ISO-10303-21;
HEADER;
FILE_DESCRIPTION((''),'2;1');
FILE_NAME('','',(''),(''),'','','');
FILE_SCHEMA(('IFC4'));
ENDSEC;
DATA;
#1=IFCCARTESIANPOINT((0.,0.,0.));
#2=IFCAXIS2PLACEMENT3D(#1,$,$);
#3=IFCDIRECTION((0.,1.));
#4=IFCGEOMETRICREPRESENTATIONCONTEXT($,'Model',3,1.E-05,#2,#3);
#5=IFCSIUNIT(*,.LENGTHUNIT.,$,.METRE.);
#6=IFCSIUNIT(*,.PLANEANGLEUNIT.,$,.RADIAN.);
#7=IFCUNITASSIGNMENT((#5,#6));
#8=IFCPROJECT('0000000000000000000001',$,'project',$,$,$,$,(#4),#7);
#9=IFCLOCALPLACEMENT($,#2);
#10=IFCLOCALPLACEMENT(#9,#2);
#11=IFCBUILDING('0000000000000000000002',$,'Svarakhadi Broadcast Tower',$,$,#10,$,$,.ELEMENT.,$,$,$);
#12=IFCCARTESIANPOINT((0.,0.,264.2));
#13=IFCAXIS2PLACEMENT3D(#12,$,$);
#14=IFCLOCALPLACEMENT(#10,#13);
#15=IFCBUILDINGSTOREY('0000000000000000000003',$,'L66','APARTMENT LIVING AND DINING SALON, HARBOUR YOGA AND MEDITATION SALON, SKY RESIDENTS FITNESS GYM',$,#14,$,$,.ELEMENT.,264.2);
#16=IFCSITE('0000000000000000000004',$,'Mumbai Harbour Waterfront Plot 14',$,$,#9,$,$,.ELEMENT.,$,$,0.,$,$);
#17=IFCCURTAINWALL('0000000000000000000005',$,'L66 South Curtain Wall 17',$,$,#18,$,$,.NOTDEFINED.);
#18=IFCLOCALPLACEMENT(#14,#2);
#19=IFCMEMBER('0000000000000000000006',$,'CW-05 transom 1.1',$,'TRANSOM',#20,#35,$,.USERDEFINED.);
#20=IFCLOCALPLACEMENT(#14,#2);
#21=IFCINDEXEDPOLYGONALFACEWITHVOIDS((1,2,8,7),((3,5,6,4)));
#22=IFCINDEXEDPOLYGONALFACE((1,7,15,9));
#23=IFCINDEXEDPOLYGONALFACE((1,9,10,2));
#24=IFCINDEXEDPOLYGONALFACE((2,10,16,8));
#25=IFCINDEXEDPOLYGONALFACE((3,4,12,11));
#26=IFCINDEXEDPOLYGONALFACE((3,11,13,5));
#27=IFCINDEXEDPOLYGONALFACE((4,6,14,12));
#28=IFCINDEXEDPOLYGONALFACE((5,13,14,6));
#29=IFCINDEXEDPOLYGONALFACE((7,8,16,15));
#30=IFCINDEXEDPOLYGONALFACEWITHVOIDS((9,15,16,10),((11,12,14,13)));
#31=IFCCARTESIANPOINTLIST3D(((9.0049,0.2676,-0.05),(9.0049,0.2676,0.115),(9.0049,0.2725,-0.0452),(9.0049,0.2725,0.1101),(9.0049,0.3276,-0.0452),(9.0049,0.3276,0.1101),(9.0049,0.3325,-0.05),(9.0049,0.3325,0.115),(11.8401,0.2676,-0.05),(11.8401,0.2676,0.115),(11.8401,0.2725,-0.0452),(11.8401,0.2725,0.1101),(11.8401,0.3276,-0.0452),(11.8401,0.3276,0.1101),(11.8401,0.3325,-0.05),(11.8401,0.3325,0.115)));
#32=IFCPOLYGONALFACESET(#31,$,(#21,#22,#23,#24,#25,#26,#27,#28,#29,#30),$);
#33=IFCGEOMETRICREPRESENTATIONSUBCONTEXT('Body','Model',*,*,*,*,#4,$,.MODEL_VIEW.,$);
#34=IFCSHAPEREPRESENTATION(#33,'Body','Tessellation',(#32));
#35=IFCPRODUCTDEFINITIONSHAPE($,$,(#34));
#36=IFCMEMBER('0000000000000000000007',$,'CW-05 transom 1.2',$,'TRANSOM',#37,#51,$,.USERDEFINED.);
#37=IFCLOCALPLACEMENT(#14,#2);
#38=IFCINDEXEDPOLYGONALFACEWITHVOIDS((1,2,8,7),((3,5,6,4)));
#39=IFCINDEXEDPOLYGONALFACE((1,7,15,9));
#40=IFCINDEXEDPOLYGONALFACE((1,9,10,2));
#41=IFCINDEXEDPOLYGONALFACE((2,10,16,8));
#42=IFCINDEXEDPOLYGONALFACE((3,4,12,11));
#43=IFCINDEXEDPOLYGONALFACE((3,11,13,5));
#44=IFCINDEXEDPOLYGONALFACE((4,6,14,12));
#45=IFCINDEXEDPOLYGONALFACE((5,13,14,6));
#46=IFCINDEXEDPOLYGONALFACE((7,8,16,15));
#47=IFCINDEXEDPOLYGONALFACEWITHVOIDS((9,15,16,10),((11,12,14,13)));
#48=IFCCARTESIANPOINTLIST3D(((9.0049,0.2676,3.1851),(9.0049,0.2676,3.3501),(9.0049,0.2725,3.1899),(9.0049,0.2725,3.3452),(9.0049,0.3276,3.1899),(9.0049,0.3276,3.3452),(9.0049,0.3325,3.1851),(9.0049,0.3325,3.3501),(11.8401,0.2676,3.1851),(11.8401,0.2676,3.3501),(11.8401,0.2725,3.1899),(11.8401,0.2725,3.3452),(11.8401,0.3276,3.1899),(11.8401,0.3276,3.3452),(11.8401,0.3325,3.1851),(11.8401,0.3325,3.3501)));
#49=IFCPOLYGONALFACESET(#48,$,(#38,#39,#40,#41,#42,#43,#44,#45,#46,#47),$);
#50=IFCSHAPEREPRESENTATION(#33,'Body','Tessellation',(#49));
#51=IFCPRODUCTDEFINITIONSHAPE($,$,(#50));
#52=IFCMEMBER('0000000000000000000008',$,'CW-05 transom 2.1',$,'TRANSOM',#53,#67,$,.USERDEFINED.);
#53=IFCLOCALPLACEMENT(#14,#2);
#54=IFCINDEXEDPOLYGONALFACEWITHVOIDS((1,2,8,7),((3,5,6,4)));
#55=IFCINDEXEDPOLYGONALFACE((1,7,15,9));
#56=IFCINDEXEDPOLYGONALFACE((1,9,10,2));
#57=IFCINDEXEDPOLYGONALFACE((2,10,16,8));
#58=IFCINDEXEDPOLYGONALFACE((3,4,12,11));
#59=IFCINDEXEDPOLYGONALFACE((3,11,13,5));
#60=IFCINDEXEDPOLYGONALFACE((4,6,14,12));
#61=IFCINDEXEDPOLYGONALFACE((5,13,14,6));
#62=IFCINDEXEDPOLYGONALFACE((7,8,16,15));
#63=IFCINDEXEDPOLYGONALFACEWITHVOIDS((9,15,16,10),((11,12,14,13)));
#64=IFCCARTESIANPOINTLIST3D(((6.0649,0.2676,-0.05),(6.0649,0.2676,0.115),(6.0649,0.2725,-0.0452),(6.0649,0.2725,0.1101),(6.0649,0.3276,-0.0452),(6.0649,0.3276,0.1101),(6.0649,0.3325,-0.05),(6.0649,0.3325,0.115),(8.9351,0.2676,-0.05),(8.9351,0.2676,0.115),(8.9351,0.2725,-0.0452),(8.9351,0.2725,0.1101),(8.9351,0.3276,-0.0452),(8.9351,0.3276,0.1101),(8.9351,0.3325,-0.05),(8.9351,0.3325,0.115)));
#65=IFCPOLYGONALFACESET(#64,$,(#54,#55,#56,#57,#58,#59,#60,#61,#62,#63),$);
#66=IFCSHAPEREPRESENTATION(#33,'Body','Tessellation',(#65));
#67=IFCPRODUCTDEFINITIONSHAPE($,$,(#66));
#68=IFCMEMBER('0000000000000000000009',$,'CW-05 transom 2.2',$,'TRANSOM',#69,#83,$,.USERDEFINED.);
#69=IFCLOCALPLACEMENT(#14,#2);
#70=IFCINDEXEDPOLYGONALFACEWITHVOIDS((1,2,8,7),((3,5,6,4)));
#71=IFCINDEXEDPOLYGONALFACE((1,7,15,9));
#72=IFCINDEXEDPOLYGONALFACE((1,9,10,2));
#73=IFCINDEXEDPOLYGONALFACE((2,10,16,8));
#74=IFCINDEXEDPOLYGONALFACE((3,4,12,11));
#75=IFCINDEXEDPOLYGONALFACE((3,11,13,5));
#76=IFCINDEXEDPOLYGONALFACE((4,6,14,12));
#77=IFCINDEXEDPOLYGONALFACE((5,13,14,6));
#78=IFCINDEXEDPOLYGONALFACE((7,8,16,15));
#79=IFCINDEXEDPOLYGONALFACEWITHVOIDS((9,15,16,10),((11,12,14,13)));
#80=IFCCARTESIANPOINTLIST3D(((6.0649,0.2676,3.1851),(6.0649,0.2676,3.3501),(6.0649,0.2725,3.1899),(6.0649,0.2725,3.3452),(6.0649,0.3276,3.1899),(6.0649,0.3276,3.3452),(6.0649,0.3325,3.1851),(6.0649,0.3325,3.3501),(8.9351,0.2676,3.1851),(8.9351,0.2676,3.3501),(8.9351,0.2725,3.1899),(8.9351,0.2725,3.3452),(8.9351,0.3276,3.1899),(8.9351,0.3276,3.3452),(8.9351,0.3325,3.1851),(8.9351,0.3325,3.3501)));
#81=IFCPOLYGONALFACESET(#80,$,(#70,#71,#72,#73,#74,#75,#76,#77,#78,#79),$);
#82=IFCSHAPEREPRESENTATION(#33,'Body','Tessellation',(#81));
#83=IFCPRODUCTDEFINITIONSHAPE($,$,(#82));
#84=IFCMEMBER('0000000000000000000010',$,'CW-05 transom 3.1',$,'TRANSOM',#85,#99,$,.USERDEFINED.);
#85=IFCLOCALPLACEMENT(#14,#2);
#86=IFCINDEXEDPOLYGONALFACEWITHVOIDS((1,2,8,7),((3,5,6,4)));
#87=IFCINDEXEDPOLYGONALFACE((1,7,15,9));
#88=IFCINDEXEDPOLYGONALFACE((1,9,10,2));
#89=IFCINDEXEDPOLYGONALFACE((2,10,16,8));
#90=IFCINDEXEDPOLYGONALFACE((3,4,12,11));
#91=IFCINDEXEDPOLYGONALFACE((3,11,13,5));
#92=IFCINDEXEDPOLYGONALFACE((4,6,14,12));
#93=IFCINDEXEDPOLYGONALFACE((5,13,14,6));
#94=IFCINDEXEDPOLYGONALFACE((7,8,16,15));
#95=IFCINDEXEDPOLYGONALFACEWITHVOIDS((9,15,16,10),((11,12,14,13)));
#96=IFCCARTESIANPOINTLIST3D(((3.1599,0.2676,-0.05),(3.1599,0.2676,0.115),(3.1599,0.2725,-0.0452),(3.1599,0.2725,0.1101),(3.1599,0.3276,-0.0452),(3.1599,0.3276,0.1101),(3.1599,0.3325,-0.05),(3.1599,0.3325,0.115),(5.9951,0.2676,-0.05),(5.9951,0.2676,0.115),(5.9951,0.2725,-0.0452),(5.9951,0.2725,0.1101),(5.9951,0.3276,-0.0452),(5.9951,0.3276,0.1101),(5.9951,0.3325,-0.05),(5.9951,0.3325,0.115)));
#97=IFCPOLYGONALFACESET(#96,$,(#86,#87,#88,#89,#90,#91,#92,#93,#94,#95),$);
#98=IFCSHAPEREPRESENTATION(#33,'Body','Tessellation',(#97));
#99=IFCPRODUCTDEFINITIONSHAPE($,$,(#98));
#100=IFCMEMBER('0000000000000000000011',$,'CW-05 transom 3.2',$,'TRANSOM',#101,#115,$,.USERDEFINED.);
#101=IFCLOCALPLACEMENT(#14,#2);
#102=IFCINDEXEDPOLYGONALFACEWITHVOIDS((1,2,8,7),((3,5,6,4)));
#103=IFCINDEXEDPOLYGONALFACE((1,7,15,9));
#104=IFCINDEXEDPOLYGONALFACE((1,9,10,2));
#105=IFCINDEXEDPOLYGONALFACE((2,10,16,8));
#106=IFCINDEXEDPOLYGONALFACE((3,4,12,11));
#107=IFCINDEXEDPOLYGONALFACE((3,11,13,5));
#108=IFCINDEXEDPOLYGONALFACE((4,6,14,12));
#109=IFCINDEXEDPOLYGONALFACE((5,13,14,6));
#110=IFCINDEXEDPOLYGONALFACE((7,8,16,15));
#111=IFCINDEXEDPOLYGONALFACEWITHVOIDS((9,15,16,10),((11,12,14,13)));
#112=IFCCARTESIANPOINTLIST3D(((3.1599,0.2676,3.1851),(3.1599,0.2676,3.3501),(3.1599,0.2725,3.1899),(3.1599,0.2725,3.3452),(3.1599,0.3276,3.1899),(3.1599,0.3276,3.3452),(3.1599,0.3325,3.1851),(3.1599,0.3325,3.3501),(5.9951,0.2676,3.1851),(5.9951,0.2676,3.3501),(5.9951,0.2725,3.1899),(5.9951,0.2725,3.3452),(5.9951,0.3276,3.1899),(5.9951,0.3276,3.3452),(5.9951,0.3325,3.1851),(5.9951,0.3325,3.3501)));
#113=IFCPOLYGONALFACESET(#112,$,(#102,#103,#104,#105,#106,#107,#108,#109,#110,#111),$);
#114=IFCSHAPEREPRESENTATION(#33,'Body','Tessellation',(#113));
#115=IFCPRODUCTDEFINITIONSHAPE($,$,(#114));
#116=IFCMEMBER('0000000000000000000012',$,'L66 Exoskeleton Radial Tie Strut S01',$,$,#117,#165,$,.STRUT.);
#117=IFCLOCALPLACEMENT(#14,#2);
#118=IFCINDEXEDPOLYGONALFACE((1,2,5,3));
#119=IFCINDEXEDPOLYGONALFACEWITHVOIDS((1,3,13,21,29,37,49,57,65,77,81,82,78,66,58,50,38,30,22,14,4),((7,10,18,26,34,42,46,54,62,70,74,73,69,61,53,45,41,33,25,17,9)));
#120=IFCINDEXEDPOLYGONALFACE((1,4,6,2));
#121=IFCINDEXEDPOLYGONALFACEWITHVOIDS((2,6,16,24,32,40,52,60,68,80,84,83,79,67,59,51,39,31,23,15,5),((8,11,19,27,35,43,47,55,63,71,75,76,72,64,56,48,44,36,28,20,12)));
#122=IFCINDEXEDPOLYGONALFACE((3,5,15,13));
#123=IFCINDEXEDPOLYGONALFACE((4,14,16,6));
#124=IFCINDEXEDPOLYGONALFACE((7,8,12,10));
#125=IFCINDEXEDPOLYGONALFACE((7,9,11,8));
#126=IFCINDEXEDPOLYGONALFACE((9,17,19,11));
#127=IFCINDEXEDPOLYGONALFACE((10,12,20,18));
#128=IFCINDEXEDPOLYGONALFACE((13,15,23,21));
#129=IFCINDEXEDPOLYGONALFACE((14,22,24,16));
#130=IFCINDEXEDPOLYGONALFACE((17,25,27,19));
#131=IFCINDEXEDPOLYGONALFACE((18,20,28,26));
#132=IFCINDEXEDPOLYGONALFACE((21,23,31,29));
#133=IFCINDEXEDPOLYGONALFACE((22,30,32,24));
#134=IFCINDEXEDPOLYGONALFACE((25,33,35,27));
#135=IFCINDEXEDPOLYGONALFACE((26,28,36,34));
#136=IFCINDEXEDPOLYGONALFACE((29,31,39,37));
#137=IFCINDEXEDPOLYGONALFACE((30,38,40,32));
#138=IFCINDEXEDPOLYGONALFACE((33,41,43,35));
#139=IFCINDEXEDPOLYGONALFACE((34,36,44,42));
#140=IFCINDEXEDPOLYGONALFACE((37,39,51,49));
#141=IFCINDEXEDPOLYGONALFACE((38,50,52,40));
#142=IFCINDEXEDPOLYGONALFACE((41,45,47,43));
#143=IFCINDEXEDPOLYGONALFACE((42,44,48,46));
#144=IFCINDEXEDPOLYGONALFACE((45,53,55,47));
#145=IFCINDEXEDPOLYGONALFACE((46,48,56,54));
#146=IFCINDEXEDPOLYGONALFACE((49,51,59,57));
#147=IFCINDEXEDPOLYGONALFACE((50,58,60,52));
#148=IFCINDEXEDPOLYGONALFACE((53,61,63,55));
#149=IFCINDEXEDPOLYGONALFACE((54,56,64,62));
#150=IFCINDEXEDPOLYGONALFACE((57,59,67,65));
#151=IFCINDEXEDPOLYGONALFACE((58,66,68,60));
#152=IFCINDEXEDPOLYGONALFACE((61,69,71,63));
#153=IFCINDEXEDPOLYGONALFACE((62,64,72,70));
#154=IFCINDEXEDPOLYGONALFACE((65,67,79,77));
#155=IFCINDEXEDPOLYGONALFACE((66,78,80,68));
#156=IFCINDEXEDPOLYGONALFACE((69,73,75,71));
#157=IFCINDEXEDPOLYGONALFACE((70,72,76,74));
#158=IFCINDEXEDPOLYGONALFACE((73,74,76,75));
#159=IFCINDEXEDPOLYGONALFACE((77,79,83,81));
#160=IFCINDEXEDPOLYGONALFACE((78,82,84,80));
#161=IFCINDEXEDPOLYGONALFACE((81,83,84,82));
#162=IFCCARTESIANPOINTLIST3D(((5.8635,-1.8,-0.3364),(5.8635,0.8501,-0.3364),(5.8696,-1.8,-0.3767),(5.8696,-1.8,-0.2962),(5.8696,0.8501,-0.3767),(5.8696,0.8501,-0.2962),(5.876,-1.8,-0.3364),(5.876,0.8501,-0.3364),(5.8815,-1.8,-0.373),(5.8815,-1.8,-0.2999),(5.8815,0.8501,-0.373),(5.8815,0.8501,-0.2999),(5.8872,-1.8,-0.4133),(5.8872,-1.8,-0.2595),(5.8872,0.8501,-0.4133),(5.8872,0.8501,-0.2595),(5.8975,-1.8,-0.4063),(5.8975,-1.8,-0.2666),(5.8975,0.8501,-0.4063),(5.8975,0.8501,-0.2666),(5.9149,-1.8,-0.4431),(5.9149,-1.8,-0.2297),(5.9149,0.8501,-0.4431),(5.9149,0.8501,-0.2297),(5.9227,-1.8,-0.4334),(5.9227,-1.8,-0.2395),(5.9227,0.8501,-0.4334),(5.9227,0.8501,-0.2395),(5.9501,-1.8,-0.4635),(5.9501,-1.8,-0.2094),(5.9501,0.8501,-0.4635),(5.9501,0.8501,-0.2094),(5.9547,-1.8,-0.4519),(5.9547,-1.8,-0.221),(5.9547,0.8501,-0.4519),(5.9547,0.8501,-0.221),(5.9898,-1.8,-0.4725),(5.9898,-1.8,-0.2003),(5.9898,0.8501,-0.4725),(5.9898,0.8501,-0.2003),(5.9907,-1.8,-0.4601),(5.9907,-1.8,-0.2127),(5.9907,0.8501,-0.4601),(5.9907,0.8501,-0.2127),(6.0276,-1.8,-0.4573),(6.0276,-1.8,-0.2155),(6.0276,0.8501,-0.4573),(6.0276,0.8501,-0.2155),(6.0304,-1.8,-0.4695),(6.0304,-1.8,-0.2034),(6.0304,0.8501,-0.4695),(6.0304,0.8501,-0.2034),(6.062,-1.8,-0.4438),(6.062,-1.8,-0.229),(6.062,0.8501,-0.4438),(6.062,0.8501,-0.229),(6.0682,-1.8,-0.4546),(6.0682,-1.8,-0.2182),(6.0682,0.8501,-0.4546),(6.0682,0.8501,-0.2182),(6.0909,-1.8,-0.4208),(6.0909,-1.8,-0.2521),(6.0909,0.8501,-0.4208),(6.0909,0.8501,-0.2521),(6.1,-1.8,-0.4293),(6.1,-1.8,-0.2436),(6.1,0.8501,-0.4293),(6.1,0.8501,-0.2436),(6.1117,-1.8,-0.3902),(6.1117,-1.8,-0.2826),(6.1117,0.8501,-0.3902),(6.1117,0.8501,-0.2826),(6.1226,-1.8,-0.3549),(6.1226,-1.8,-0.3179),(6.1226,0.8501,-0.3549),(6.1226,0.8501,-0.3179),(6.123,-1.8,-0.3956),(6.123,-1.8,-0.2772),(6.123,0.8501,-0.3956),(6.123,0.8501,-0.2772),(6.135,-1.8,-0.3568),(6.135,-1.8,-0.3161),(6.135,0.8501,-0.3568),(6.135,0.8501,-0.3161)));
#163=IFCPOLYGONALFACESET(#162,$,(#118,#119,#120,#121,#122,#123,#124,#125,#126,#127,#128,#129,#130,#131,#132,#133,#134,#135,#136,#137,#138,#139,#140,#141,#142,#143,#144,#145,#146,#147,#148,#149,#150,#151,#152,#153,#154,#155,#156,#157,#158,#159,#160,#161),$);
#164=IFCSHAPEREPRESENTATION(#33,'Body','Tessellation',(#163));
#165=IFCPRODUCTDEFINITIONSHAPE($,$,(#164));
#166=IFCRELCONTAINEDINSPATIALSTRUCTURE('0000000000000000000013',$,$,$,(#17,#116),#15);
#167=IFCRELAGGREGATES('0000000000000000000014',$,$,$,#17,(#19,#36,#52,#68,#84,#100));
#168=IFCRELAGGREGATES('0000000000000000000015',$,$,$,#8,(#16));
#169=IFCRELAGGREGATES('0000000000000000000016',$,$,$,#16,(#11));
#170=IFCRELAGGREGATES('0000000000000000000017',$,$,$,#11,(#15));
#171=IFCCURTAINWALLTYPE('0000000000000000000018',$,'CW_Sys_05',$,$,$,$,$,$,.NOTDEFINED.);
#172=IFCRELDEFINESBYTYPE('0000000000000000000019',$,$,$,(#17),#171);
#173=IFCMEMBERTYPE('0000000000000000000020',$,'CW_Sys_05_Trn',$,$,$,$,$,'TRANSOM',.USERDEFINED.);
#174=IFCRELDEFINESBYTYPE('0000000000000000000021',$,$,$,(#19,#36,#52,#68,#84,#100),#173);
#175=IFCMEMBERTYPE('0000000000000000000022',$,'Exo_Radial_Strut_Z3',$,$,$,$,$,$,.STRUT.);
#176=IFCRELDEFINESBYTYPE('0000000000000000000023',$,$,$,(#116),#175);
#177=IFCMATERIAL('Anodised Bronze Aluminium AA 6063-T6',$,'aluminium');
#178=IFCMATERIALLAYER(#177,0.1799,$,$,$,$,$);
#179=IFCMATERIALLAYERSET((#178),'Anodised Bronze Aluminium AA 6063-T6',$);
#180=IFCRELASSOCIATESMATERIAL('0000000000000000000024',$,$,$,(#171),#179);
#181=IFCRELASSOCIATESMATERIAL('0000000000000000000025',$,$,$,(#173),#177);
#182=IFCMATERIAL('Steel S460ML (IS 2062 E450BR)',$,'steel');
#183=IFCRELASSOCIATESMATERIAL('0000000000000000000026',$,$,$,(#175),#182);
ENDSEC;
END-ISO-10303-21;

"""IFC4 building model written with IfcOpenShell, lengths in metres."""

from ifc_helpers import new_model, si_unit, direction, frame, origin, origin_2d, place, context, subcontext, project, spatial, hollow_rectangle, hollow_circle, extrude, material, layer, layer_set, material_profile, profile_set, type_object, element, aggregate, save


model = new_model("IFC4")

# Units and contexts
model_context = context("Model", 3, precision=1e-05, world=origin(), true_north=direction((0.0, 1.0)))
body_context = subcontext(model_context, "Body", "Model", "MODEL_VIEW")
ifc_project = project(units=[si_unit("LENGTHUNIT", "METRE"), si_unit("PLANEANGLEUNIT", "RADIAN")], contexts=[model_context])

# Site, building, storey
site_placement = place(None, origin())
site = spatial("IfcSite", under=ifc_project, at=site_placement, Name="Mumbai Harbour Waterfront Plot 14", CompositionType="ELEMENT", RefElevation=0.0)
building_placement = place(site_placement, origin())
building = spatial("IfcBuilding", under=site, at=building_placement, Name="Svarakhadi Broadcast Tower", CompositionType="ELEMENT")
storey_placement = place(building_placement, frame((0.0, 0.0, 264.2)))
storey = spatial("IfcBuildingStorey", under=building, at=storey_placement, Name="L66", Description="APARTMENT LIVING AND DINING SALON, HARBOUR YOGA AND MEDITATION SALON, SKY RESIDENTS FITNESS GYM", CompositionType="ELEMENT", Elevation=264.2)

# Shared definitions
ifc_material_1 = material(Name="Steel S460ML (IS 2062 E450BR)", Category="steel")

# Curtain wall, members
ifc_material_2 = material(Name="Anodised Bronze Aluminium AA 6063-T6", Category="aluminium")
ifc_layer_1 = layer(ifc_material_2, 0.1799)
ifc_layer_set_1 = layer_set([ifc_layer_1], Name="Anodised Bronze Aluminium AA 6063-T6")
curtain_wall_type = type_object("IfcCurtainWallType", Name="CW_Sys_05", PredefinedType="NOTDEFINED", material=ifc_layer_set_1)
curtain_wall_placement = place(storey_placement, origin())
curtain_wall = element("IfcCurtainWall", 1, at=curtain_wall_placement, inside=storey, type_object=curtain_wall_type, Name="L66 South Curtain Wall 17", PredefinedType="NOTDEFINED")
ifc_material_profile_1 = material_profile(ifc_material_2, hollow_rectangle(XDim=0.0649, YDim=0.165, WallThickness=0.0049, at=origin_2d()), Name="ALU TRANSOM 165x65x5")
ifc_profile_set_1 = profile_set([ifc_material_profile_1], Name="Anodised Bronze Aluminium AA 6063-T6")
member_type_1 = type_object("IfcMemberType", Name="CW_Sys_05_Trn", ElementType="TRANSOM", PredefinedType="USERDEFINED", material=ifc_profile_set_1)
member_1_placement = place(storey_placement, frame((11.8401, 0.3, 0.0325), z_axis=(-1.0, 0.0, 0.0), x_axis=(0.0, -1.0, 0.0)))
member_1 = element("IfcMember", 2, at=member_1_placement, type_object=member_type_1, Name="CW-05 transom 1.1", ObjectType="TRANSOM", PredefinedType="USERDEFINED", context=body_context, shape_type="SweptSolid", body=[
    extrude(hollow_rectangle(XDim=0.0649, YDim=0.165, WallThickness=0.0049, at=origin_2d()), origin(), (0.0, 0.0, 1.0), 2.8352),
])
member_2_placement = place(storey_placement, frame((11.8401, 0.3, 3.2676), z_axis=(-1.0, 0.0, 0.0), x_axis=(0.0, -1.0, 0.0)))
member_2 = element("IfcMember", 3, at=member_2_placement, type_object=member_type_1, Name="CW-05 transom 1.2", ObjectType="TRANSOM", PredefinedType="USERDEFINED", context=body_context, shape_type="SweptSolid", body=[
    extrude(hollow_rectangle(XDim=0.0649, YDim=0.165, WallThickness=0.0049, at=origin_2d()), origin(), (0.0, 0.0, 1.0), 2.8352),
])
member_3_placement = place(storey_placement, frame((8.9351, 0.3, 0.0325), z_axis=(-1.0, 0.0, 0.0), x_axis=(0.0, -1.0, 0.0)))
member_3 = element("IfcMember", 4, at=member_3_placement, type_object=member_type_1, Name="CW-05 transom 2.1", ObjectType="TRANSOM", PredefinedType="USERDEFINED", context=body_context, shape_type="SweptSolid", body=[
    extrude(hollow_rectangle(XDim=0.0649, YDim=0.165, WallThickness=0.0049, at=origin_2d()), origin(), (0.0, 0.0, 1.0), 2.8701),
])
member_4_placement = place(storey_placement, frame((8.9351, 0.3, 3.2676), z_axis=(-1.0, 0.0, 0.0), x_axis=(0.0, -1.0, 0.0)))
member_4 = element("IfcMember", 5, at=member_4_placement, type_object=member_type_1, Name="CW-05 transom 2.2", ObjectType="TRANSOM", PredefinedType="USERDEFINED", context=body_context, shape_type="SweptSolid", body=[
    extrude(hollow_rectangle(XDim=0.0649, YDim=0.165, WallThickness=0.0049, at=origin_2d()), origin(), (0.0, 0.0, 1.0), 2.8701),
])
member_5_placement = place(storey_placement, frame((5.9951, 0.3, 0.0325), z_axis=(-1.0, 0.0, 0.0), x_axis=(0.0, -1.0, 0.0)))
member_5 = element("IfcMember", 6, at=member_5_placement, type_object=member_type_1, Name="CW-05 transom 3.1", ObjectType="TRANSOM", PredefinedType="USERDEFINED", context=body_context, shape_type="SweptSolid", body=[
    extrude(hollow_rectangle(XDim=0.0649, YDim=0.165, WallThickness=0.0049, at=origin_2d()), origin(), (0.0, 0.0, 1.0), 2.8352),
])
member_6_placement = place(storey_placement, frame((5.9951, 0.3, 3.2676), z_axis=(-1.0, 0.0, 0.0), x_axis=(0.0, -1.0, 0.0)))
member_6 = element("IfcMember", 7, at=member_6_placement, type_object=member_type_1, Name="CW-05 transom 3.2", ObjectType="TRANSOM", PredefinedType="USERDEFINED", context=body_context, shape_type="SweptSolid", body=[
    extrude(hollow_rectangle(XDim=0.0649, YDim=0.165, WallThickness=0.0049, at=origin_2d()), origin(), (0.0, 0.0, 1.0), 2.8352),
])

# Member
ifc_material_profile_2 = material_profile(ifc_material_1, hollow_circle(Radius=0.1365, WallThickness=0.0125, at=origin_2d()), Name="CHS 273x12.5")
ifc_profile_set_2 = profile_set([ifc_material_profile_2], Name="Steel S460ML (IS 2062 E450BR)")
member_type_2 = type_object("IfcMemberType", Name="Exo_Radial_Strut_Z3", PredefinedType="STRUT", material=ifc_profile_set_2)
member_7_placement = place(storey_placement, frame((6.0, -1.8, -0.3364), z_axis=(0.0, 1.0, 0.0), x_axis=(-1.0, 0.0, 0.0)))
element("IfcMember", 8, at=member_7_placement, inside=storey, type_object=member_type_2, Name="L66 Exoskeleton Radial Tie Strut S01", PredefinedType="STRUT", context=body_context, shape_type="SweptSolid", body=[
    extrude(hollow_circle(Radius=0.1365, WallThickness=0.0125, at=origin_2d()), origin(), (0.0, 0.0, 1.0), 2.6501),
])

aggregate(curtain_wall, [member_1, member_2, member_3, member_4, member_5, member_6])

save(model, "model.ifc")
